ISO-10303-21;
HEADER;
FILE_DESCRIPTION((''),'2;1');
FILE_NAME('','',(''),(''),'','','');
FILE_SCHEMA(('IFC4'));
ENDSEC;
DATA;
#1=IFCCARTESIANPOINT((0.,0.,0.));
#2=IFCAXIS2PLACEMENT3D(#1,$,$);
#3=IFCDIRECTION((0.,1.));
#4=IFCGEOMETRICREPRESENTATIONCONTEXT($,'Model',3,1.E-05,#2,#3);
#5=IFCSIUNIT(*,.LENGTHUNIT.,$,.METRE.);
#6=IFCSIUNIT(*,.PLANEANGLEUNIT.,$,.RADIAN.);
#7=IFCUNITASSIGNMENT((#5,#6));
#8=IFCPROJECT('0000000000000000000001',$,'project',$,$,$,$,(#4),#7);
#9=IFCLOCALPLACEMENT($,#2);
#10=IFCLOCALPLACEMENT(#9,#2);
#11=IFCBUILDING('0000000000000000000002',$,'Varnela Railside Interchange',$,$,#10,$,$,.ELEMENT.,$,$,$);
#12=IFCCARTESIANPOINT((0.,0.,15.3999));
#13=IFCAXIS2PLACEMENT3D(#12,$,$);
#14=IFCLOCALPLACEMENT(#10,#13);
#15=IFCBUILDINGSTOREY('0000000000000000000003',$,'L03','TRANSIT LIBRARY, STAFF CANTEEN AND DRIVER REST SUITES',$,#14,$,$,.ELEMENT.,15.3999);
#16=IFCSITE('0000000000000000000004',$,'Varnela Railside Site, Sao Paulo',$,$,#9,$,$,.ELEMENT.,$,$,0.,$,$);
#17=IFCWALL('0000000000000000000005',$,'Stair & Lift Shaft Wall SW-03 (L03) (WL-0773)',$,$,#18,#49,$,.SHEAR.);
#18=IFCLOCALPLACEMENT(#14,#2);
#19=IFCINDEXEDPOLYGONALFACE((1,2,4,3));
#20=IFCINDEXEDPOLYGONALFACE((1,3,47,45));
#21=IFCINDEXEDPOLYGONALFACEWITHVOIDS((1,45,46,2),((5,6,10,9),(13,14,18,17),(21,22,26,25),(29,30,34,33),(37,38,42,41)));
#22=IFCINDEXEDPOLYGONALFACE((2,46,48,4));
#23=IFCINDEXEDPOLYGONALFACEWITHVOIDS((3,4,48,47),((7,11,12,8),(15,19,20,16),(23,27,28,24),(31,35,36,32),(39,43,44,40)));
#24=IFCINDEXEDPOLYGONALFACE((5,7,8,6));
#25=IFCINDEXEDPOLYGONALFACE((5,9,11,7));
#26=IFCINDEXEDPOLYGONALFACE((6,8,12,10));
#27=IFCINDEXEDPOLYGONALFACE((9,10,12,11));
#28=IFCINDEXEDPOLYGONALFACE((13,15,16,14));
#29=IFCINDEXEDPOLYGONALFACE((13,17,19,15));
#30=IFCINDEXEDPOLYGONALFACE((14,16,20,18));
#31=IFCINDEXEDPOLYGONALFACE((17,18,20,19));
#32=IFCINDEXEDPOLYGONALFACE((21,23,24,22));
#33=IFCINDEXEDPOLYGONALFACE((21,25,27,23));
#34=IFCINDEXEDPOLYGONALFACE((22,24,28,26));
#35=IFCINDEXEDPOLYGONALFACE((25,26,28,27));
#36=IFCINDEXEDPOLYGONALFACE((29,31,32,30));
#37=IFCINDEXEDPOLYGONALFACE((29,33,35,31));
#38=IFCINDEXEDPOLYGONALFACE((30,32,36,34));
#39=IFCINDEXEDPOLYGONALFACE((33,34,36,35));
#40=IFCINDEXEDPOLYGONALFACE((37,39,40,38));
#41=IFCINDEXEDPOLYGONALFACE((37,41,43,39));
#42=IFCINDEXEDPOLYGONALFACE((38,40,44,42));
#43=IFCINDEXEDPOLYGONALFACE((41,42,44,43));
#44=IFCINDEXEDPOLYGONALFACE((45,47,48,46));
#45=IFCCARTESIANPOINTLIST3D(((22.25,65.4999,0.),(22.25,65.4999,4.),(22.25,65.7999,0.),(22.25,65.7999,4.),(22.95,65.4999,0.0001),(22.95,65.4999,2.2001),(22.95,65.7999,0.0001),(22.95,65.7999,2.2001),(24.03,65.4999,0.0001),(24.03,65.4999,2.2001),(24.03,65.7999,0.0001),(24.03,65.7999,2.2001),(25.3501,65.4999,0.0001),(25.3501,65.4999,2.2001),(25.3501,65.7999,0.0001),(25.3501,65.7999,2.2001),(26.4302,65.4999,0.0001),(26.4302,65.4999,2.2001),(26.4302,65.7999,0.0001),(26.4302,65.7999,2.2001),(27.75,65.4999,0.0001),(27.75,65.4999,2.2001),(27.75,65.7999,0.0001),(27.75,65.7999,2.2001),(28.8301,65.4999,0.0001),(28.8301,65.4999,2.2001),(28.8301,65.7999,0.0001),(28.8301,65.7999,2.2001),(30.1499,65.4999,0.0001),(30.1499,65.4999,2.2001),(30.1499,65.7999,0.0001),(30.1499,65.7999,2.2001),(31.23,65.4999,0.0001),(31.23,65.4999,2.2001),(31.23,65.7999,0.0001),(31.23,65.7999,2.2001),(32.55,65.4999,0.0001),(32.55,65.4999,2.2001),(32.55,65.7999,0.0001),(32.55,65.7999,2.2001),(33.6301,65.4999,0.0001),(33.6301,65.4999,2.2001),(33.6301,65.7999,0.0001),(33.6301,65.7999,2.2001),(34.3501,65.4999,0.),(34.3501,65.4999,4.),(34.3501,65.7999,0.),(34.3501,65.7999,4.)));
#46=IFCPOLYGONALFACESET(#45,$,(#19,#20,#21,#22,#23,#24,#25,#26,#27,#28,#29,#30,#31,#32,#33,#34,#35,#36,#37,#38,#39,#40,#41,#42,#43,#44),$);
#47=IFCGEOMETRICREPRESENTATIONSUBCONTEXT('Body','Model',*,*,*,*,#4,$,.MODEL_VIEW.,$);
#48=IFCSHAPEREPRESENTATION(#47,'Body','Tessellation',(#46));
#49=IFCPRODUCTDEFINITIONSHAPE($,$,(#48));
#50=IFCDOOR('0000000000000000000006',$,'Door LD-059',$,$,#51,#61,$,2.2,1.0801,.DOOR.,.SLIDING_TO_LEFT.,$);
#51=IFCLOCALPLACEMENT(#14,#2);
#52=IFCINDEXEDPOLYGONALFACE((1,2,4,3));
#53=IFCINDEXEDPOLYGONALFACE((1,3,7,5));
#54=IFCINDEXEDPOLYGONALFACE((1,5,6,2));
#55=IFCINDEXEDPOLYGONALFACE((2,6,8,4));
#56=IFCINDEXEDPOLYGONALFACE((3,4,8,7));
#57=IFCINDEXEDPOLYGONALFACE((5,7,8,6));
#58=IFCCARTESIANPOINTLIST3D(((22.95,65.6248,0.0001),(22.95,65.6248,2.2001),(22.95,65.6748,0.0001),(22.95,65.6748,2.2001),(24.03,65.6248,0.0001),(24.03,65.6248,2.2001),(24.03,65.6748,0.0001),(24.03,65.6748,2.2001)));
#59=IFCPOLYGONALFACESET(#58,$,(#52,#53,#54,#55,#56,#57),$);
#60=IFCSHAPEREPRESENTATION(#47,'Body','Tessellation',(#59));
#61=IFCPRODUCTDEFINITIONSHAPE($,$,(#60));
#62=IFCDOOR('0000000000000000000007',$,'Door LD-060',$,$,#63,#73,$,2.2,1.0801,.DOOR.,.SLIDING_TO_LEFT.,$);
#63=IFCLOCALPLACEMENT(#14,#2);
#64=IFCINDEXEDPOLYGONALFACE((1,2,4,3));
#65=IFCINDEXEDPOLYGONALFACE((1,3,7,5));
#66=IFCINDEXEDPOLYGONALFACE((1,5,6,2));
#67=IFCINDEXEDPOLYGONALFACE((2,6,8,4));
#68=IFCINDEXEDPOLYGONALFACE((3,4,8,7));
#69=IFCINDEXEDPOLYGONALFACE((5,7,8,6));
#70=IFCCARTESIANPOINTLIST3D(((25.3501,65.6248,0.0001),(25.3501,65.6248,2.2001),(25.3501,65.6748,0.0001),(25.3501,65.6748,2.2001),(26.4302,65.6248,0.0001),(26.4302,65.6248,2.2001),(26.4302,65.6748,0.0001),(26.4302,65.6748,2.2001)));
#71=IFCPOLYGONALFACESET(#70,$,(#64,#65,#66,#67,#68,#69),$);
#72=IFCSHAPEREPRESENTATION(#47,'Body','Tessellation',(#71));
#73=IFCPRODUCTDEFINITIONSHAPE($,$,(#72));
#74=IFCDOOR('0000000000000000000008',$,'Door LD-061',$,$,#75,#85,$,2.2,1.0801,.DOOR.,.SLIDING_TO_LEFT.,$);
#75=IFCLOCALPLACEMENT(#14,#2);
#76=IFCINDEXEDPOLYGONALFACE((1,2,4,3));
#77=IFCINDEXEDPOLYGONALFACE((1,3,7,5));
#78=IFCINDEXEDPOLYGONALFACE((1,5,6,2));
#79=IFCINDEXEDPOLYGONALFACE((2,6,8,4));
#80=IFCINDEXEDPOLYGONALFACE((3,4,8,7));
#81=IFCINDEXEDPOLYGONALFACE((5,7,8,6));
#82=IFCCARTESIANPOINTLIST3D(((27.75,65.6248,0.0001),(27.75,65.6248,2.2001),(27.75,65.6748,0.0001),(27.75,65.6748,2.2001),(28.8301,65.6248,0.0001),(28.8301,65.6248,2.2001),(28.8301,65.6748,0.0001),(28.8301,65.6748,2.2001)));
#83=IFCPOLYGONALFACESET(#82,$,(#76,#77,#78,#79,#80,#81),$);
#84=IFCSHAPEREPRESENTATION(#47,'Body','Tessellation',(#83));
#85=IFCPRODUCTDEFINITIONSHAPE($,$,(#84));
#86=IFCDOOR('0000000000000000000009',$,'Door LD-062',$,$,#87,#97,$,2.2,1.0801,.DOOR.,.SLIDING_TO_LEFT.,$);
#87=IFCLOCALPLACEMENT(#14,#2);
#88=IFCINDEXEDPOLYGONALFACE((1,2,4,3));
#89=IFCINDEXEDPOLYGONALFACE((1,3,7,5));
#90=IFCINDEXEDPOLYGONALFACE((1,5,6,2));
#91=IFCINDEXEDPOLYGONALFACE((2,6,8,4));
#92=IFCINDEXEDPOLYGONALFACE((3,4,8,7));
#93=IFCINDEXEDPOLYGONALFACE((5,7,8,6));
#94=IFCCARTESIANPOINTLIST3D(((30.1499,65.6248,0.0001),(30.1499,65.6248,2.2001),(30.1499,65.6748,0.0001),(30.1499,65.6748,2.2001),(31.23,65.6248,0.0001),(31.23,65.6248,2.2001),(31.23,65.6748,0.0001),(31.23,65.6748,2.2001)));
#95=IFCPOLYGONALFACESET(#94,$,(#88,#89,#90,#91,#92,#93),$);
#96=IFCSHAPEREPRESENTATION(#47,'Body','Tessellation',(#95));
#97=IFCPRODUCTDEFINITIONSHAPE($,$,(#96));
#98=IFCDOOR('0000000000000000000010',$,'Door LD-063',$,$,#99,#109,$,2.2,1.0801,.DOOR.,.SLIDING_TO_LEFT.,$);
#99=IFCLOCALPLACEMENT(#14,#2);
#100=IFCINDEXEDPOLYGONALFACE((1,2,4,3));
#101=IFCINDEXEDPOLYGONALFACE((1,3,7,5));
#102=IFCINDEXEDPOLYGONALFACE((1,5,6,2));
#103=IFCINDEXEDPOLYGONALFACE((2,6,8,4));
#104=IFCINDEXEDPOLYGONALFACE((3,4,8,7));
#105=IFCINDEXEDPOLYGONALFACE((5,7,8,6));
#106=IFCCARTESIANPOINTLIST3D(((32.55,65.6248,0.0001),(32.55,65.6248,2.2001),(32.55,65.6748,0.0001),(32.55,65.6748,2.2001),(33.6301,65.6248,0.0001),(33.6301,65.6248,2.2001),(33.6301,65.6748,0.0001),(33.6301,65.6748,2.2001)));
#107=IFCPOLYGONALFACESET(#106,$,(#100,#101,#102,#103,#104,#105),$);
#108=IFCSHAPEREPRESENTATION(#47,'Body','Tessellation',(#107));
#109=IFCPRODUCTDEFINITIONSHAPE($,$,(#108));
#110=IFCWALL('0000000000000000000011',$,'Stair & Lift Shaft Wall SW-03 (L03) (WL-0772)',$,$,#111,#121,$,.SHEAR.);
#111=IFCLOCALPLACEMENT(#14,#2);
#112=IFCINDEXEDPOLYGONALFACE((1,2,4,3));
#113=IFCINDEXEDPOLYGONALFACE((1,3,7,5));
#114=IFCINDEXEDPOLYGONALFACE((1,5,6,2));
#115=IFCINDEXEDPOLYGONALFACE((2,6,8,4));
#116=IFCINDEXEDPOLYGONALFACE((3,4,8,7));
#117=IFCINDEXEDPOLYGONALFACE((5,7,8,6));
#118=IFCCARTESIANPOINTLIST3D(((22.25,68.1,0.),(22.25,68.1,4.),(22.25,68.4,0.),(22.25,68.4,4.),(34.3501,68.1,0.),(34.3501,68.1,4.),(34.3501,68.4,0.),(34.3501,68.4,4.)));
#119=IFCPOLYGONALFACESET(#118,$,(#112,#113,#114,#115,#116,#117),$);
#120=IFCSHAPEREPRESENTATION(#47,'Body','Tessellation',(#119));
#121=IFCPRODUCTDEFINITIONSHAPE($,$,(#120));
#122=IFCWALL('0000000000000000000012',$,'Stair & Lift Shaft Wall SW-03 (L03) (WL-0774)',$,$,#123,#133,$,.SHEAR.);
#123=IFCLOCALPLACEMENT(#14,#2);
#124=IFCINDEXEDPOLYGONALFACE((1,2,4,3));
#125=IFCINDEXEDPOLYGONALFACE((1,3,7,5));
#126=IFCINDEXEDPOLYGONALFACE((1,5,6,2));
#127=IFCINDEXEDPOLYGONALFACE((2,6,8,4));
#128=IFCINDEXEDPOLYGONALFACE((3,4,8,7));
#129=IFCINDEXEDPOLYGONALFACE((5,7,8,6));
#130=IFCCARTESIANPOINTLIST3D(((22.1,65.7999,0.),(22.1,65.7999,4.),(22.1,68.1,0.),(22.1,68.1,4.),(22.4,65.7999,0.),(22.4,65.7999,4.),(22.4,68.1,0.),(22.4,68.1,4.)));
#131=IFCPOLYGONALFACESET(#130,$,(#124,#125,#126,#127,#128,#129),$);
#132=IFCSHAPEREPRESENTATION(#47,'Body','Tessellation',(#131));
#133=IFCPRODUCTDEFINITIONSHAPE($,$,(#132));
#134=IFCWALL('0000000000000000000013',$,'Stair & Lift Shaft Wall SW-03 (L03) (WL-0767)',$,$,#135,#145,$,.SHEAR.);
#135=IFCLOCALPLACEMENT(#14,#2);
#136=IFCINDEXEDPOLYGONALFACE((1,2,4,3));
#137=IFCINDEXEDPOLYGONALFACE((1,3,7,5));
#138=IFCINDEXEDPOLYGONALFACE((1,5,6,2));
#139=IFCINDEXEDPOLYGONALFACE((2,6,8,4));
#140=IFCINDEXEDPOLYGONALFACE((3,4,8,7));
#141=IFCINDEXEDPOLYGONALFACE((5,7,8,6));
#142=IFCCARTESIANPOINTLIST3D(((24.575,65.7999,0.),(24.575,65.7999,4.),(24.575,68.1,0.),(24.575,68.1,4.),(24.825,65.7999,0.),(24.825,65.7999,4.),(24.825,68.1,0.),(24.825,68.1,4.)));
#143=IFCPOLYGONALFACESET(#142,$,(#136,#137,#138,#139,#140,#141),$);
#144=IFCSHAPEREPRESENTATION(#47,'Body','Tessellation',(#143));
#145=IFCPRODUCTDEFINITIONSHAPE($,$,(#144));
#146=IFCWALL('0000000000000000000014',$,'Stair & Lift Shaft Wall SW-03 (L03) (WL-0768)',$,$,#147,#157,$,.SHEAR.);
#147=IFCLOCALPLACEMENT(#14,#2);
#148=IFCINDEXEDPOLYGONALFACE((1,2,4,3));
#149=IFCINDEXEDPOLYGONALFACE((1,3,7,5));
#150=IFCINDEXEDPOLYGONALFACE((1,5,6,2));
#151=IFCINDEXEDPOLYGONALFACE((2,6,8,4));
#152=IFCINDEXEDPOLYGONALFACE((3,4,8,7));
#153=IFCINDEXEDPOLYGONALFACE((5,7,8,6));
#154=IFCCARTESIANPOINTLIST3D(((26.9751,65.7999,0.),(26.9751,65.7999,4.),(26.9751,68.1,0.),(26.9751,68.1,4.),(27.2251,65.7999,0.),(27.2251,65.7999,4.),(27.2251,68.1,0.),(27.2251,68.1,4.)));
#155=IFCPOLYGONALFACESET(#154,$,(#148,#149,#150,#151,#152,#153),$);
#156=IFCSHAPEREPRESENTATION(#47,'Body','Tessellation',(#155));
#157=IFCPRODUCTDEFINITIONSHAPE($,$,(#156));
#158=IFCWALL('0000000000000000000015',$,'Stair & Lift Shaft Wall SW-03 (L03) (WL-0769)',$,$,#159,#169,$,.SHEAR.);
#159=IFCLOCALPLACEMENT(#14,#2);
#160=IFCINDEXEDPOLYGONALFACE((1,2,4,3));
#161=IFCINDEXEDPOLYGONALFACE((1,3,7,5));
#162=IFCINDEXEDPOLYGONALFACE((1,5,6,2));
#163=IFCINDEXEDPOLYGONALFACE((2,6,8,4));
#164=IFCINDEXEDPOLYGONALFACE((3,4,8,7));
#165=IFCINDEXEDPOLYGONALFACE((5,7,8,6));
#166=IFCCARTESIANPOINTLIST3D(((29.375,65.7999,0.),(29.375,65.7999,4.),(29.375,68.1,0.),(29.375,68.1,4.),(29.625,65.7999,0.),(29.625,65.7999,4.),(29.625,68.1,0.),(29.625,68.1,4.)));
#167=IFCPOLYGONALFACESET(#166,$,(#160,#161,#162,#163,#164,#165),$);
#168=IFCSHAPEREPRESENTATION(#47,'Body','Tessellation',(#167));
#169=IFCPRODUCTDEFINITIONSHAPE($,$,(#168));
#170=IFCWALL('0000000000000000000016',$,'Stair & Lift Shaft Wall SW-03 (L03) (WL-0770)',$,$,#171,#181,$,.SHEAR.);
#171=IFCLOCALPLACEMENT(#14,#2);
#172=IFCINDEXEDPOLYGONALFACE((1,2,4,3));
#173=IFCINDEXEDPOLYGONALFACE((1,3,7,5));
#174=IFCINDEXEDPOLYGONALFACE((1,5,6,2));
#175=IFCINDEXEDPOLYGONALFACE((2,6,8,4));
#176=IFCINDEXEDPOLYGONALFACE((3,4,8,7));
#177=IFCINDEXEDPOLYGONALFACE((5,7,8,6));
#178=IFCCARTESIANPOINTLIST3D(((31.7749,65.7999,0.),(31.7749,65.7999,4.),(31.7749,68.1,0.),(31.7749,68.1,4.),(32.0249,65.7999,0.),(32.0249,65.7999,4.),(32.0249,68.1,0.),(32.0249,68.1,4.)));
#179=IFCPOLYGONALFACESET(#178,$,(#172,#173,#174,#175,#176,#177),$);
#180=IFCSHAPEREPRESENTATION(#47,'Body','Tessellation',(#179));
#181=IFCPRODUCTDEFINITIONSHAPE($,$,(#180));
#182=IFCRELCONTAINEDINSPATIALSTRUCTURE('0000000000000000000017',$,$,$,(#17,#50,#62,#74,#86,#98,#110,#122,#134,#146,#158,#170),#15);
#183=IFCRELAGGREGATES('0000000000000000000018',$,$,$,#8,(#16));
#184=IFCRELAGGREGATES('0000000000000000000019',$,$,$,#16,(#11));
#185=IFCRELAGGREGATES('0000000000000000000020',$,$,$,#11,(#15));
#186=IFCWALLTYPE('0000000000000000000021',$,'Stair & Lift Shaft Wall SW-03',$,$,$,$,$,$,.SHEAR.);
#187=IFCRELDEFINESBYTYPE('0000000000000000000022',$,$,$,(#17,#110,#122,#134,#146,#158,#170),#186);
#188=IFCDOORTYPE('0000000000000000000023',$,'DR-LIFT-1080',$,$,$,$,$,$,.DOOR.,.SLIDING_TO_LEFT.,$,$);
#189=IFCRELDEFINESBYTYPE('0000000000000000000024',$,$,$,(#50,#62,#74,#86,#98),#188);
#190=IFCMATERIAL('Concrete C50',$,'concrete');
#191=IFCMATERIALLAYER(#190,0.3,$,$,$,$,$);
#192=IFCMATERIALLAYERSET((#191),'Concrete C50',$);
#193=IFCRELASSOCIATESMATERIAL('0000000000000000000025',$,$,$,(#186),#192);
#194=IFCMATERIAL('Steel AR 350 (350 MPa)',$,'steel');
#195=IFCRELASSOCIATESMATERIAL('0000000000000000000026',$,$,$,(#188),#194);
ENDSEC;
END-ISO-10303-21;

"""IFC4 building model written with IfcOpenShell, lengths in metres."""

from ifc_helpers import new_model, si_unit, direction, frame, frame_2d, origin, place, context, subcontext, project, spatial, rectangle, extrude, material, layer, layer_set, type_object, element, fill, save


model = new_model("IFC4")

# Units and contexts
model_context = context("Model", 3, precision=1e-05, world=origin(), true_north=direction((0.0, 1.0)))
body_context = subcontext(model_context, "Body", "Model", "MODEL_VIEW")
ifc_project = project(units=[si_unit("LENGTHUNIT", "METRE"), si_unit("PLANEANGLEUNIT", "RADIAN")], contexts=[model_context])

# Site, building, storey
site_placement = place(None, origin())
site = spatial("IfcSite", under=ifc_project, at=site_placement, Name="Varnela Railside Site, Sao Paulo", CompositionType="ELEMENT", RefElevation=0.0)
building_placement = place(site_placement, origin())
building = spatial("IfcBuilding", under=site, at=building_placement, Name="Varnela Railside Interchange", CompositionType="ELEMENT")
storey_placement = place(building_placement, frame((0.0, 0.0, 15.3999)))
storey = spatial("IfcBuildingStorey", under=building, at=storey_placement, Name="L03", Description="TRANSIT LIBRARY, STAFF CANTEEN AND DRIVER REST SUITES", CompositionType="ELEMENT", Elevation=15.3999)

# Shared definitions
ifc_material_1 = material(Name="Steel AR 350 (350 MPa)", Category="steel")

# Shared definitions
ifc_material_2 = material(Name="Concrete C50", Category="concrete")
ifc_layer_1 = layer(ifc_material_2, 0.3)
ifc_layer_set_1 = layer_set([ifc_layer_1], Name="Concrete C50")
wall_type_1 = type_object("IfcWallType", Name="Stair & Lift Shaft Wall SW-03", PredefinedType="SHEAR", material=ifc_layer_set_1)

# Wall, openings, doors
wall_1_placement = place(storey_placement, frame((22.25, 65.6499, 0.0), z_axis=(0.0, 0.0, 1.0), x_axis=(1.0, 0.0, 0.0)))
wall_1 = element("IfcWall", 1, at=wall_1_placement, inside=storey, type_object=wall_type_1, Name="Stair & Lift Shaft Wall SW-03 (L03) (WL-0773)", PredefinedType="SHEAR", context=body_context, shape_type="SweptSolid", body=[
    extrude(rectangle(XDim=12.1001, YDim=0.3, at=frame_2d((6.05, 0.0))), origin(), (0.0, 0.0, 1.0), 4.0),
])
opening_1_placement = place(wall_1_placement, frame((0.7, 0.0, 0.0)))
opening_1 = element("IfcOpeningElement", 2, at=opening_1_placement, cuts=wall_1, PredefinedType="OPENING", context=body_context, shape_type="SweptSolid", body=[
    extrude(rectangle(XDim=1.0801, YDim=2.2, at=frame_2d((0.54, 1.1001))), frame((0.0, 0.1599, 0.0), z_axis=(0.0, -1.0, 0.0), x_axis=(1.0, 0.0, 0.0)), (0.0, 0.0, 1.0), 0.3201),
])
opening_2_placement = place(wall_1_placement, frame((3.1001, 0.0, 0.0)))
opening_2 = element("IfcOpeningElement", 3, at=opening_2_placement, cuts=wall_1, PredefinedType="OPENING", context=body_context, shape_type="SweptSolid", body=[
    extrude(rectangle(XDim=1.0801, YDim=2.2, at=frame_2d((0.54, 1.1001))), frame((0.0, 0.1599, 0.0), z_axis=(0.0, -1.0, 0.0), x_axis=(1.0, 0.0, 0.0)), (0.0, 0.0, 1.0), 0.3201),
])
opening_3_placement = place(wall_1_placement, frame((5.5, 0.0, 0.0)))
opening_3 = element("IfcOpeningElement", 4, at=opening_3_placement, cuts=wall_1, PredefinedType="OPENING", context=body_context, shape_type="SweptSolid", body=[
    extrude(rectangle(XDim=1.0801, YDim=2.2, at=frame_2d((0.54, 1.1001))), frame((0.0, 0.1599, 0.0), z_axis=(0.0, -1.0, 0.0), x_axis=(1.0, 0.0, 0.0)), (0.0, 0.0, 1.0), 0.3201),
])
opening_4_placement = place(wall_1_placement, frame((7.8999, 0.0, 0.0)))
opening_4 = element("IfcOpeningElement", 5, at=opening_4_placement, cuts=wall_1, PredefinedType="OPENING", context=body_context, shape_type="SweptSolid", body=[
    extrude(rectangle(XDim=1.0801, YDim=2.2, at=frame_2d((0.54, 1.1001))), frame((0.0, 0.1599, 0.0), z_axis=(0.0, -1.0, 0.0), x_axis=(1.0, 0.0, 0.0)), (0.0, 0.0, 1.0), 0.3201),
])
opening_5_placement = place(wall_1_placement, frame((10.3, 0.0, 0.0)))
opening_5 = element("IfcOpeningElement", 6, at=opening_5_placement, cuts=wall_1, PredefinedType="OPENING", context=body_context, shape_type="SweptSolid", body=[
    extrude(rectangle(XDim=1.0801, YDim=2.2, at=frame_2d((0.54, 1.1001))), frame((0.0, 0.1599, 0.0), z_axis=(0.0, -1.0, 0.0), x_axis=(1.0, 0.0, 0.0)), (0.0, 0.0, 1.0), 0.3201),
])
door_type = type_object("IfcDoorType", Name="DR-LIFT-1080", OperationType="SLIDING_TO_LEFT", PredefinedType="DOOR", material=ifc_material_1)
door_1_placement = place(opening_1_placement, origin())
door_1 = element("IfcDoor", 7, at=door_1_placement, inside=storey, type_object=door_type, Name="Door LD-059", OperationType="SLIDING_TO_LEFT", OverallHeight=2.2, OverallWidth=1.0801, PredefinedType="DOOR", context=body_context, shape_type="SweptSolid", body=[
    extrude(rectangle(XDim=1.0801, YDim=2.2, at=frame_2d((0.54, 1.1001))), frame((0.0, 0.0249, 0.0), z_axis=(0.0, -1.0, 0.0), x_axis=(1.0, 0.0, 0.0)), (0.0, 0.0, 1.0), 0.05),
])
fill(opening_1, door_1)
door_2_placement = place(opening_2_placement, origin())
door_2 = element("IfcDoor", 8, at=door_2_placement, inside=storey, type_object=door_type, Name="Door LD-060", OperationType="SLIDING_TO_LEFT", OverallHeight=2.2, OverallWidth=1.0801, PredefinedType="DOOR", context=body_context, shape_type="SweptSolid", body=[
    extrude(rectangle(XDim=1.0801, YDim=2.2, at=frame_2d((0.54, 1.1001))), frame((0.0, 0.0249, 0.0), z_axis=(0.0, -1.0, 0.0), x_axis=(1.0, 0.0, 0.0)), (0.0, 0.0, 1.0), 0.05),
])
fill(opening_2, door_2)
door_3_placement = place(opening_3_placement, origin())
door_3 = element("IfcDoor", 9, at=door_3_placement, inside=storey, type_object=door_type, Name="Door LD-061", OperationType="SLIDING_TO_LEFT", OverallHeight=2.2, OverallWidth=1.0801, PredefinedType="DOOR", context=body_context, shape_type="SweptSolid", body=[
    extrude(rectangle(XDim=1.0801, YDim=2.2, at=frame_2d((0.54, 1.1001))), frame((0.0, 0.0249, 0.0), z_axis=(0.0, -1.0, 0.0), x_axis=(1.0, 0.0, 0.0)), (0.0, 0.0, 1.0), 0.05),
])
fill(opening_3, door_3)
door_4_placement = place(opening_4_placement, origin())
door_4 = element("IfcDoor", 10, at=door_4_placement, inside=storey, type_object=door_type, Name="Door LD-062", OperationType="SLIDING_TO_LEFT", OverallHeight=2.2, OverallWidth=1.0801, PredefinedType="DOOR", context=body_context, shape_type="SweptSolid", body=[
    extrude(rectangle(XDim=1.0801, YDim=2.2, at=frame_2d((0.54, 1.1001))), frame((0.0, 0.0249, 0.0), z_axis=(0.0, -1.0, 0.0), x_axis=(1.0, 0.0, 0.0)), (0.0, 0.0, 1.0), 0.05),
])
fill(opening_4, door_4)
door_5_placement = place(opening_5_placement, origin())
door_5 = element("IfcDoor", 11, at=door_5_placement, inside=storey, type_object=door_type, Name="Door LD-063", OperationType="SLIDING_TO_LEFT", OverallHeight=2.2, OverallWidth=1.0801, PredefinedType="DOOR", context=body_context, shape_type="SweptSolid", body=[
    extrude(rectangle(XDim=1.0801, YDim=2.2, at=frame_2d((0.54, 1.1001))), frame((0.0, 0.0249, 0.0), z_axis=(0.0, -1.0, 0.0), x_axis=(1.0, 0.0, 0.0)), (0.0, 0.0, 1.0), 0.05),
])
fill(opening_5, door_5)

# Walls
wall_2_placement = place(storey_placement, frame((22.25, 68.25, 0.0), z_axis=(0.0, 0.0, 1.0), x_axis=(1.0, 0.0, 0.0)))
element("IfcWall", 12, at=wall_2_placement, inside=storey, type_object=wall_type_1, Name="Stair & Lift Shaft Wall SW-03 (L03) (WL-0772)", PredefinedType="SHEAR", context=body_context, shape_type="SweptSolid", body=[
    extrude(rectangle(XDim=12.1001, YDim=0.3, at=frame_2d((6.05, 0.0))), origin(), (0.0, 0.0, 1.0), 4.0),
])
wall_3_placement = place(storey_placement, frame((22.25, 65.8, 0.0), z_axis=(0.0, 0.0, 1.0), x_axis=(0.0, 1.0, 0.0)))
element("IfcWall", 13, at=wall_3_placement, inside=storey, type_object=wall_type_1, Name="Stair & Lift Shaft Wall SW-03 (L03) (WL-0774)", PredefinedType="SHEAR", context=body_context, shape_type="SweptSolid", body=[
    extrude(rectangle(XDim=2.3, YDim=0.3, at=frame_2d((1.1499, 0.0))), origin(), (0.0, 0.0, 1.0), 4.0),
])
for number, where, z_axis, x_axis, name in (
    (14, (24.7, 65.8, 0.0), (0.0, 0.0, 1.0), (0.0, 1.0, 0.0), "Stair & Lift Shaft Wall SW-03 (L03) (WL-0767)"),
    (15, (27.1001, 65.8, 0.0), (0.0, 0.0, 1.0), (0.0, 1.0, 0.0), "Stair & Lift Shaft Wall SW-03 (L03) (WL-0768)"),
    (16, (29.5, 65.8, 0.0), (0.0, 0.0, 1.0), (0.0, 1.0, 0.0), "Stair & Lift Shaft Wall SW-03 (L03) (WL-0769)"),
    (17, (31.8999, 65.8, 0.0), (0.0, 0.0, 1.0), (0.0, 1.0, 0.0), "Stair & Lift Shaft Wall SW-03 (L03) (WL-0770)"),
):
    element("IfcWall", number, at=place(storey_placement, frame(where, z_axis=z_axis, x_axis=x_axis)), inside=storey, type_object=wall_type_1, Name=name, PredefinedType="SHEAR", context=body_context, shape_type="SweptSolid", body=[
        extrude(rectangle(XDim=2.3, YDim=0.25, at=frame_2d((1.1499, 0.0))), origin(), (0.0, 0.0, 1.0), 4.0),
    ])

save(model, "model.ifc")
